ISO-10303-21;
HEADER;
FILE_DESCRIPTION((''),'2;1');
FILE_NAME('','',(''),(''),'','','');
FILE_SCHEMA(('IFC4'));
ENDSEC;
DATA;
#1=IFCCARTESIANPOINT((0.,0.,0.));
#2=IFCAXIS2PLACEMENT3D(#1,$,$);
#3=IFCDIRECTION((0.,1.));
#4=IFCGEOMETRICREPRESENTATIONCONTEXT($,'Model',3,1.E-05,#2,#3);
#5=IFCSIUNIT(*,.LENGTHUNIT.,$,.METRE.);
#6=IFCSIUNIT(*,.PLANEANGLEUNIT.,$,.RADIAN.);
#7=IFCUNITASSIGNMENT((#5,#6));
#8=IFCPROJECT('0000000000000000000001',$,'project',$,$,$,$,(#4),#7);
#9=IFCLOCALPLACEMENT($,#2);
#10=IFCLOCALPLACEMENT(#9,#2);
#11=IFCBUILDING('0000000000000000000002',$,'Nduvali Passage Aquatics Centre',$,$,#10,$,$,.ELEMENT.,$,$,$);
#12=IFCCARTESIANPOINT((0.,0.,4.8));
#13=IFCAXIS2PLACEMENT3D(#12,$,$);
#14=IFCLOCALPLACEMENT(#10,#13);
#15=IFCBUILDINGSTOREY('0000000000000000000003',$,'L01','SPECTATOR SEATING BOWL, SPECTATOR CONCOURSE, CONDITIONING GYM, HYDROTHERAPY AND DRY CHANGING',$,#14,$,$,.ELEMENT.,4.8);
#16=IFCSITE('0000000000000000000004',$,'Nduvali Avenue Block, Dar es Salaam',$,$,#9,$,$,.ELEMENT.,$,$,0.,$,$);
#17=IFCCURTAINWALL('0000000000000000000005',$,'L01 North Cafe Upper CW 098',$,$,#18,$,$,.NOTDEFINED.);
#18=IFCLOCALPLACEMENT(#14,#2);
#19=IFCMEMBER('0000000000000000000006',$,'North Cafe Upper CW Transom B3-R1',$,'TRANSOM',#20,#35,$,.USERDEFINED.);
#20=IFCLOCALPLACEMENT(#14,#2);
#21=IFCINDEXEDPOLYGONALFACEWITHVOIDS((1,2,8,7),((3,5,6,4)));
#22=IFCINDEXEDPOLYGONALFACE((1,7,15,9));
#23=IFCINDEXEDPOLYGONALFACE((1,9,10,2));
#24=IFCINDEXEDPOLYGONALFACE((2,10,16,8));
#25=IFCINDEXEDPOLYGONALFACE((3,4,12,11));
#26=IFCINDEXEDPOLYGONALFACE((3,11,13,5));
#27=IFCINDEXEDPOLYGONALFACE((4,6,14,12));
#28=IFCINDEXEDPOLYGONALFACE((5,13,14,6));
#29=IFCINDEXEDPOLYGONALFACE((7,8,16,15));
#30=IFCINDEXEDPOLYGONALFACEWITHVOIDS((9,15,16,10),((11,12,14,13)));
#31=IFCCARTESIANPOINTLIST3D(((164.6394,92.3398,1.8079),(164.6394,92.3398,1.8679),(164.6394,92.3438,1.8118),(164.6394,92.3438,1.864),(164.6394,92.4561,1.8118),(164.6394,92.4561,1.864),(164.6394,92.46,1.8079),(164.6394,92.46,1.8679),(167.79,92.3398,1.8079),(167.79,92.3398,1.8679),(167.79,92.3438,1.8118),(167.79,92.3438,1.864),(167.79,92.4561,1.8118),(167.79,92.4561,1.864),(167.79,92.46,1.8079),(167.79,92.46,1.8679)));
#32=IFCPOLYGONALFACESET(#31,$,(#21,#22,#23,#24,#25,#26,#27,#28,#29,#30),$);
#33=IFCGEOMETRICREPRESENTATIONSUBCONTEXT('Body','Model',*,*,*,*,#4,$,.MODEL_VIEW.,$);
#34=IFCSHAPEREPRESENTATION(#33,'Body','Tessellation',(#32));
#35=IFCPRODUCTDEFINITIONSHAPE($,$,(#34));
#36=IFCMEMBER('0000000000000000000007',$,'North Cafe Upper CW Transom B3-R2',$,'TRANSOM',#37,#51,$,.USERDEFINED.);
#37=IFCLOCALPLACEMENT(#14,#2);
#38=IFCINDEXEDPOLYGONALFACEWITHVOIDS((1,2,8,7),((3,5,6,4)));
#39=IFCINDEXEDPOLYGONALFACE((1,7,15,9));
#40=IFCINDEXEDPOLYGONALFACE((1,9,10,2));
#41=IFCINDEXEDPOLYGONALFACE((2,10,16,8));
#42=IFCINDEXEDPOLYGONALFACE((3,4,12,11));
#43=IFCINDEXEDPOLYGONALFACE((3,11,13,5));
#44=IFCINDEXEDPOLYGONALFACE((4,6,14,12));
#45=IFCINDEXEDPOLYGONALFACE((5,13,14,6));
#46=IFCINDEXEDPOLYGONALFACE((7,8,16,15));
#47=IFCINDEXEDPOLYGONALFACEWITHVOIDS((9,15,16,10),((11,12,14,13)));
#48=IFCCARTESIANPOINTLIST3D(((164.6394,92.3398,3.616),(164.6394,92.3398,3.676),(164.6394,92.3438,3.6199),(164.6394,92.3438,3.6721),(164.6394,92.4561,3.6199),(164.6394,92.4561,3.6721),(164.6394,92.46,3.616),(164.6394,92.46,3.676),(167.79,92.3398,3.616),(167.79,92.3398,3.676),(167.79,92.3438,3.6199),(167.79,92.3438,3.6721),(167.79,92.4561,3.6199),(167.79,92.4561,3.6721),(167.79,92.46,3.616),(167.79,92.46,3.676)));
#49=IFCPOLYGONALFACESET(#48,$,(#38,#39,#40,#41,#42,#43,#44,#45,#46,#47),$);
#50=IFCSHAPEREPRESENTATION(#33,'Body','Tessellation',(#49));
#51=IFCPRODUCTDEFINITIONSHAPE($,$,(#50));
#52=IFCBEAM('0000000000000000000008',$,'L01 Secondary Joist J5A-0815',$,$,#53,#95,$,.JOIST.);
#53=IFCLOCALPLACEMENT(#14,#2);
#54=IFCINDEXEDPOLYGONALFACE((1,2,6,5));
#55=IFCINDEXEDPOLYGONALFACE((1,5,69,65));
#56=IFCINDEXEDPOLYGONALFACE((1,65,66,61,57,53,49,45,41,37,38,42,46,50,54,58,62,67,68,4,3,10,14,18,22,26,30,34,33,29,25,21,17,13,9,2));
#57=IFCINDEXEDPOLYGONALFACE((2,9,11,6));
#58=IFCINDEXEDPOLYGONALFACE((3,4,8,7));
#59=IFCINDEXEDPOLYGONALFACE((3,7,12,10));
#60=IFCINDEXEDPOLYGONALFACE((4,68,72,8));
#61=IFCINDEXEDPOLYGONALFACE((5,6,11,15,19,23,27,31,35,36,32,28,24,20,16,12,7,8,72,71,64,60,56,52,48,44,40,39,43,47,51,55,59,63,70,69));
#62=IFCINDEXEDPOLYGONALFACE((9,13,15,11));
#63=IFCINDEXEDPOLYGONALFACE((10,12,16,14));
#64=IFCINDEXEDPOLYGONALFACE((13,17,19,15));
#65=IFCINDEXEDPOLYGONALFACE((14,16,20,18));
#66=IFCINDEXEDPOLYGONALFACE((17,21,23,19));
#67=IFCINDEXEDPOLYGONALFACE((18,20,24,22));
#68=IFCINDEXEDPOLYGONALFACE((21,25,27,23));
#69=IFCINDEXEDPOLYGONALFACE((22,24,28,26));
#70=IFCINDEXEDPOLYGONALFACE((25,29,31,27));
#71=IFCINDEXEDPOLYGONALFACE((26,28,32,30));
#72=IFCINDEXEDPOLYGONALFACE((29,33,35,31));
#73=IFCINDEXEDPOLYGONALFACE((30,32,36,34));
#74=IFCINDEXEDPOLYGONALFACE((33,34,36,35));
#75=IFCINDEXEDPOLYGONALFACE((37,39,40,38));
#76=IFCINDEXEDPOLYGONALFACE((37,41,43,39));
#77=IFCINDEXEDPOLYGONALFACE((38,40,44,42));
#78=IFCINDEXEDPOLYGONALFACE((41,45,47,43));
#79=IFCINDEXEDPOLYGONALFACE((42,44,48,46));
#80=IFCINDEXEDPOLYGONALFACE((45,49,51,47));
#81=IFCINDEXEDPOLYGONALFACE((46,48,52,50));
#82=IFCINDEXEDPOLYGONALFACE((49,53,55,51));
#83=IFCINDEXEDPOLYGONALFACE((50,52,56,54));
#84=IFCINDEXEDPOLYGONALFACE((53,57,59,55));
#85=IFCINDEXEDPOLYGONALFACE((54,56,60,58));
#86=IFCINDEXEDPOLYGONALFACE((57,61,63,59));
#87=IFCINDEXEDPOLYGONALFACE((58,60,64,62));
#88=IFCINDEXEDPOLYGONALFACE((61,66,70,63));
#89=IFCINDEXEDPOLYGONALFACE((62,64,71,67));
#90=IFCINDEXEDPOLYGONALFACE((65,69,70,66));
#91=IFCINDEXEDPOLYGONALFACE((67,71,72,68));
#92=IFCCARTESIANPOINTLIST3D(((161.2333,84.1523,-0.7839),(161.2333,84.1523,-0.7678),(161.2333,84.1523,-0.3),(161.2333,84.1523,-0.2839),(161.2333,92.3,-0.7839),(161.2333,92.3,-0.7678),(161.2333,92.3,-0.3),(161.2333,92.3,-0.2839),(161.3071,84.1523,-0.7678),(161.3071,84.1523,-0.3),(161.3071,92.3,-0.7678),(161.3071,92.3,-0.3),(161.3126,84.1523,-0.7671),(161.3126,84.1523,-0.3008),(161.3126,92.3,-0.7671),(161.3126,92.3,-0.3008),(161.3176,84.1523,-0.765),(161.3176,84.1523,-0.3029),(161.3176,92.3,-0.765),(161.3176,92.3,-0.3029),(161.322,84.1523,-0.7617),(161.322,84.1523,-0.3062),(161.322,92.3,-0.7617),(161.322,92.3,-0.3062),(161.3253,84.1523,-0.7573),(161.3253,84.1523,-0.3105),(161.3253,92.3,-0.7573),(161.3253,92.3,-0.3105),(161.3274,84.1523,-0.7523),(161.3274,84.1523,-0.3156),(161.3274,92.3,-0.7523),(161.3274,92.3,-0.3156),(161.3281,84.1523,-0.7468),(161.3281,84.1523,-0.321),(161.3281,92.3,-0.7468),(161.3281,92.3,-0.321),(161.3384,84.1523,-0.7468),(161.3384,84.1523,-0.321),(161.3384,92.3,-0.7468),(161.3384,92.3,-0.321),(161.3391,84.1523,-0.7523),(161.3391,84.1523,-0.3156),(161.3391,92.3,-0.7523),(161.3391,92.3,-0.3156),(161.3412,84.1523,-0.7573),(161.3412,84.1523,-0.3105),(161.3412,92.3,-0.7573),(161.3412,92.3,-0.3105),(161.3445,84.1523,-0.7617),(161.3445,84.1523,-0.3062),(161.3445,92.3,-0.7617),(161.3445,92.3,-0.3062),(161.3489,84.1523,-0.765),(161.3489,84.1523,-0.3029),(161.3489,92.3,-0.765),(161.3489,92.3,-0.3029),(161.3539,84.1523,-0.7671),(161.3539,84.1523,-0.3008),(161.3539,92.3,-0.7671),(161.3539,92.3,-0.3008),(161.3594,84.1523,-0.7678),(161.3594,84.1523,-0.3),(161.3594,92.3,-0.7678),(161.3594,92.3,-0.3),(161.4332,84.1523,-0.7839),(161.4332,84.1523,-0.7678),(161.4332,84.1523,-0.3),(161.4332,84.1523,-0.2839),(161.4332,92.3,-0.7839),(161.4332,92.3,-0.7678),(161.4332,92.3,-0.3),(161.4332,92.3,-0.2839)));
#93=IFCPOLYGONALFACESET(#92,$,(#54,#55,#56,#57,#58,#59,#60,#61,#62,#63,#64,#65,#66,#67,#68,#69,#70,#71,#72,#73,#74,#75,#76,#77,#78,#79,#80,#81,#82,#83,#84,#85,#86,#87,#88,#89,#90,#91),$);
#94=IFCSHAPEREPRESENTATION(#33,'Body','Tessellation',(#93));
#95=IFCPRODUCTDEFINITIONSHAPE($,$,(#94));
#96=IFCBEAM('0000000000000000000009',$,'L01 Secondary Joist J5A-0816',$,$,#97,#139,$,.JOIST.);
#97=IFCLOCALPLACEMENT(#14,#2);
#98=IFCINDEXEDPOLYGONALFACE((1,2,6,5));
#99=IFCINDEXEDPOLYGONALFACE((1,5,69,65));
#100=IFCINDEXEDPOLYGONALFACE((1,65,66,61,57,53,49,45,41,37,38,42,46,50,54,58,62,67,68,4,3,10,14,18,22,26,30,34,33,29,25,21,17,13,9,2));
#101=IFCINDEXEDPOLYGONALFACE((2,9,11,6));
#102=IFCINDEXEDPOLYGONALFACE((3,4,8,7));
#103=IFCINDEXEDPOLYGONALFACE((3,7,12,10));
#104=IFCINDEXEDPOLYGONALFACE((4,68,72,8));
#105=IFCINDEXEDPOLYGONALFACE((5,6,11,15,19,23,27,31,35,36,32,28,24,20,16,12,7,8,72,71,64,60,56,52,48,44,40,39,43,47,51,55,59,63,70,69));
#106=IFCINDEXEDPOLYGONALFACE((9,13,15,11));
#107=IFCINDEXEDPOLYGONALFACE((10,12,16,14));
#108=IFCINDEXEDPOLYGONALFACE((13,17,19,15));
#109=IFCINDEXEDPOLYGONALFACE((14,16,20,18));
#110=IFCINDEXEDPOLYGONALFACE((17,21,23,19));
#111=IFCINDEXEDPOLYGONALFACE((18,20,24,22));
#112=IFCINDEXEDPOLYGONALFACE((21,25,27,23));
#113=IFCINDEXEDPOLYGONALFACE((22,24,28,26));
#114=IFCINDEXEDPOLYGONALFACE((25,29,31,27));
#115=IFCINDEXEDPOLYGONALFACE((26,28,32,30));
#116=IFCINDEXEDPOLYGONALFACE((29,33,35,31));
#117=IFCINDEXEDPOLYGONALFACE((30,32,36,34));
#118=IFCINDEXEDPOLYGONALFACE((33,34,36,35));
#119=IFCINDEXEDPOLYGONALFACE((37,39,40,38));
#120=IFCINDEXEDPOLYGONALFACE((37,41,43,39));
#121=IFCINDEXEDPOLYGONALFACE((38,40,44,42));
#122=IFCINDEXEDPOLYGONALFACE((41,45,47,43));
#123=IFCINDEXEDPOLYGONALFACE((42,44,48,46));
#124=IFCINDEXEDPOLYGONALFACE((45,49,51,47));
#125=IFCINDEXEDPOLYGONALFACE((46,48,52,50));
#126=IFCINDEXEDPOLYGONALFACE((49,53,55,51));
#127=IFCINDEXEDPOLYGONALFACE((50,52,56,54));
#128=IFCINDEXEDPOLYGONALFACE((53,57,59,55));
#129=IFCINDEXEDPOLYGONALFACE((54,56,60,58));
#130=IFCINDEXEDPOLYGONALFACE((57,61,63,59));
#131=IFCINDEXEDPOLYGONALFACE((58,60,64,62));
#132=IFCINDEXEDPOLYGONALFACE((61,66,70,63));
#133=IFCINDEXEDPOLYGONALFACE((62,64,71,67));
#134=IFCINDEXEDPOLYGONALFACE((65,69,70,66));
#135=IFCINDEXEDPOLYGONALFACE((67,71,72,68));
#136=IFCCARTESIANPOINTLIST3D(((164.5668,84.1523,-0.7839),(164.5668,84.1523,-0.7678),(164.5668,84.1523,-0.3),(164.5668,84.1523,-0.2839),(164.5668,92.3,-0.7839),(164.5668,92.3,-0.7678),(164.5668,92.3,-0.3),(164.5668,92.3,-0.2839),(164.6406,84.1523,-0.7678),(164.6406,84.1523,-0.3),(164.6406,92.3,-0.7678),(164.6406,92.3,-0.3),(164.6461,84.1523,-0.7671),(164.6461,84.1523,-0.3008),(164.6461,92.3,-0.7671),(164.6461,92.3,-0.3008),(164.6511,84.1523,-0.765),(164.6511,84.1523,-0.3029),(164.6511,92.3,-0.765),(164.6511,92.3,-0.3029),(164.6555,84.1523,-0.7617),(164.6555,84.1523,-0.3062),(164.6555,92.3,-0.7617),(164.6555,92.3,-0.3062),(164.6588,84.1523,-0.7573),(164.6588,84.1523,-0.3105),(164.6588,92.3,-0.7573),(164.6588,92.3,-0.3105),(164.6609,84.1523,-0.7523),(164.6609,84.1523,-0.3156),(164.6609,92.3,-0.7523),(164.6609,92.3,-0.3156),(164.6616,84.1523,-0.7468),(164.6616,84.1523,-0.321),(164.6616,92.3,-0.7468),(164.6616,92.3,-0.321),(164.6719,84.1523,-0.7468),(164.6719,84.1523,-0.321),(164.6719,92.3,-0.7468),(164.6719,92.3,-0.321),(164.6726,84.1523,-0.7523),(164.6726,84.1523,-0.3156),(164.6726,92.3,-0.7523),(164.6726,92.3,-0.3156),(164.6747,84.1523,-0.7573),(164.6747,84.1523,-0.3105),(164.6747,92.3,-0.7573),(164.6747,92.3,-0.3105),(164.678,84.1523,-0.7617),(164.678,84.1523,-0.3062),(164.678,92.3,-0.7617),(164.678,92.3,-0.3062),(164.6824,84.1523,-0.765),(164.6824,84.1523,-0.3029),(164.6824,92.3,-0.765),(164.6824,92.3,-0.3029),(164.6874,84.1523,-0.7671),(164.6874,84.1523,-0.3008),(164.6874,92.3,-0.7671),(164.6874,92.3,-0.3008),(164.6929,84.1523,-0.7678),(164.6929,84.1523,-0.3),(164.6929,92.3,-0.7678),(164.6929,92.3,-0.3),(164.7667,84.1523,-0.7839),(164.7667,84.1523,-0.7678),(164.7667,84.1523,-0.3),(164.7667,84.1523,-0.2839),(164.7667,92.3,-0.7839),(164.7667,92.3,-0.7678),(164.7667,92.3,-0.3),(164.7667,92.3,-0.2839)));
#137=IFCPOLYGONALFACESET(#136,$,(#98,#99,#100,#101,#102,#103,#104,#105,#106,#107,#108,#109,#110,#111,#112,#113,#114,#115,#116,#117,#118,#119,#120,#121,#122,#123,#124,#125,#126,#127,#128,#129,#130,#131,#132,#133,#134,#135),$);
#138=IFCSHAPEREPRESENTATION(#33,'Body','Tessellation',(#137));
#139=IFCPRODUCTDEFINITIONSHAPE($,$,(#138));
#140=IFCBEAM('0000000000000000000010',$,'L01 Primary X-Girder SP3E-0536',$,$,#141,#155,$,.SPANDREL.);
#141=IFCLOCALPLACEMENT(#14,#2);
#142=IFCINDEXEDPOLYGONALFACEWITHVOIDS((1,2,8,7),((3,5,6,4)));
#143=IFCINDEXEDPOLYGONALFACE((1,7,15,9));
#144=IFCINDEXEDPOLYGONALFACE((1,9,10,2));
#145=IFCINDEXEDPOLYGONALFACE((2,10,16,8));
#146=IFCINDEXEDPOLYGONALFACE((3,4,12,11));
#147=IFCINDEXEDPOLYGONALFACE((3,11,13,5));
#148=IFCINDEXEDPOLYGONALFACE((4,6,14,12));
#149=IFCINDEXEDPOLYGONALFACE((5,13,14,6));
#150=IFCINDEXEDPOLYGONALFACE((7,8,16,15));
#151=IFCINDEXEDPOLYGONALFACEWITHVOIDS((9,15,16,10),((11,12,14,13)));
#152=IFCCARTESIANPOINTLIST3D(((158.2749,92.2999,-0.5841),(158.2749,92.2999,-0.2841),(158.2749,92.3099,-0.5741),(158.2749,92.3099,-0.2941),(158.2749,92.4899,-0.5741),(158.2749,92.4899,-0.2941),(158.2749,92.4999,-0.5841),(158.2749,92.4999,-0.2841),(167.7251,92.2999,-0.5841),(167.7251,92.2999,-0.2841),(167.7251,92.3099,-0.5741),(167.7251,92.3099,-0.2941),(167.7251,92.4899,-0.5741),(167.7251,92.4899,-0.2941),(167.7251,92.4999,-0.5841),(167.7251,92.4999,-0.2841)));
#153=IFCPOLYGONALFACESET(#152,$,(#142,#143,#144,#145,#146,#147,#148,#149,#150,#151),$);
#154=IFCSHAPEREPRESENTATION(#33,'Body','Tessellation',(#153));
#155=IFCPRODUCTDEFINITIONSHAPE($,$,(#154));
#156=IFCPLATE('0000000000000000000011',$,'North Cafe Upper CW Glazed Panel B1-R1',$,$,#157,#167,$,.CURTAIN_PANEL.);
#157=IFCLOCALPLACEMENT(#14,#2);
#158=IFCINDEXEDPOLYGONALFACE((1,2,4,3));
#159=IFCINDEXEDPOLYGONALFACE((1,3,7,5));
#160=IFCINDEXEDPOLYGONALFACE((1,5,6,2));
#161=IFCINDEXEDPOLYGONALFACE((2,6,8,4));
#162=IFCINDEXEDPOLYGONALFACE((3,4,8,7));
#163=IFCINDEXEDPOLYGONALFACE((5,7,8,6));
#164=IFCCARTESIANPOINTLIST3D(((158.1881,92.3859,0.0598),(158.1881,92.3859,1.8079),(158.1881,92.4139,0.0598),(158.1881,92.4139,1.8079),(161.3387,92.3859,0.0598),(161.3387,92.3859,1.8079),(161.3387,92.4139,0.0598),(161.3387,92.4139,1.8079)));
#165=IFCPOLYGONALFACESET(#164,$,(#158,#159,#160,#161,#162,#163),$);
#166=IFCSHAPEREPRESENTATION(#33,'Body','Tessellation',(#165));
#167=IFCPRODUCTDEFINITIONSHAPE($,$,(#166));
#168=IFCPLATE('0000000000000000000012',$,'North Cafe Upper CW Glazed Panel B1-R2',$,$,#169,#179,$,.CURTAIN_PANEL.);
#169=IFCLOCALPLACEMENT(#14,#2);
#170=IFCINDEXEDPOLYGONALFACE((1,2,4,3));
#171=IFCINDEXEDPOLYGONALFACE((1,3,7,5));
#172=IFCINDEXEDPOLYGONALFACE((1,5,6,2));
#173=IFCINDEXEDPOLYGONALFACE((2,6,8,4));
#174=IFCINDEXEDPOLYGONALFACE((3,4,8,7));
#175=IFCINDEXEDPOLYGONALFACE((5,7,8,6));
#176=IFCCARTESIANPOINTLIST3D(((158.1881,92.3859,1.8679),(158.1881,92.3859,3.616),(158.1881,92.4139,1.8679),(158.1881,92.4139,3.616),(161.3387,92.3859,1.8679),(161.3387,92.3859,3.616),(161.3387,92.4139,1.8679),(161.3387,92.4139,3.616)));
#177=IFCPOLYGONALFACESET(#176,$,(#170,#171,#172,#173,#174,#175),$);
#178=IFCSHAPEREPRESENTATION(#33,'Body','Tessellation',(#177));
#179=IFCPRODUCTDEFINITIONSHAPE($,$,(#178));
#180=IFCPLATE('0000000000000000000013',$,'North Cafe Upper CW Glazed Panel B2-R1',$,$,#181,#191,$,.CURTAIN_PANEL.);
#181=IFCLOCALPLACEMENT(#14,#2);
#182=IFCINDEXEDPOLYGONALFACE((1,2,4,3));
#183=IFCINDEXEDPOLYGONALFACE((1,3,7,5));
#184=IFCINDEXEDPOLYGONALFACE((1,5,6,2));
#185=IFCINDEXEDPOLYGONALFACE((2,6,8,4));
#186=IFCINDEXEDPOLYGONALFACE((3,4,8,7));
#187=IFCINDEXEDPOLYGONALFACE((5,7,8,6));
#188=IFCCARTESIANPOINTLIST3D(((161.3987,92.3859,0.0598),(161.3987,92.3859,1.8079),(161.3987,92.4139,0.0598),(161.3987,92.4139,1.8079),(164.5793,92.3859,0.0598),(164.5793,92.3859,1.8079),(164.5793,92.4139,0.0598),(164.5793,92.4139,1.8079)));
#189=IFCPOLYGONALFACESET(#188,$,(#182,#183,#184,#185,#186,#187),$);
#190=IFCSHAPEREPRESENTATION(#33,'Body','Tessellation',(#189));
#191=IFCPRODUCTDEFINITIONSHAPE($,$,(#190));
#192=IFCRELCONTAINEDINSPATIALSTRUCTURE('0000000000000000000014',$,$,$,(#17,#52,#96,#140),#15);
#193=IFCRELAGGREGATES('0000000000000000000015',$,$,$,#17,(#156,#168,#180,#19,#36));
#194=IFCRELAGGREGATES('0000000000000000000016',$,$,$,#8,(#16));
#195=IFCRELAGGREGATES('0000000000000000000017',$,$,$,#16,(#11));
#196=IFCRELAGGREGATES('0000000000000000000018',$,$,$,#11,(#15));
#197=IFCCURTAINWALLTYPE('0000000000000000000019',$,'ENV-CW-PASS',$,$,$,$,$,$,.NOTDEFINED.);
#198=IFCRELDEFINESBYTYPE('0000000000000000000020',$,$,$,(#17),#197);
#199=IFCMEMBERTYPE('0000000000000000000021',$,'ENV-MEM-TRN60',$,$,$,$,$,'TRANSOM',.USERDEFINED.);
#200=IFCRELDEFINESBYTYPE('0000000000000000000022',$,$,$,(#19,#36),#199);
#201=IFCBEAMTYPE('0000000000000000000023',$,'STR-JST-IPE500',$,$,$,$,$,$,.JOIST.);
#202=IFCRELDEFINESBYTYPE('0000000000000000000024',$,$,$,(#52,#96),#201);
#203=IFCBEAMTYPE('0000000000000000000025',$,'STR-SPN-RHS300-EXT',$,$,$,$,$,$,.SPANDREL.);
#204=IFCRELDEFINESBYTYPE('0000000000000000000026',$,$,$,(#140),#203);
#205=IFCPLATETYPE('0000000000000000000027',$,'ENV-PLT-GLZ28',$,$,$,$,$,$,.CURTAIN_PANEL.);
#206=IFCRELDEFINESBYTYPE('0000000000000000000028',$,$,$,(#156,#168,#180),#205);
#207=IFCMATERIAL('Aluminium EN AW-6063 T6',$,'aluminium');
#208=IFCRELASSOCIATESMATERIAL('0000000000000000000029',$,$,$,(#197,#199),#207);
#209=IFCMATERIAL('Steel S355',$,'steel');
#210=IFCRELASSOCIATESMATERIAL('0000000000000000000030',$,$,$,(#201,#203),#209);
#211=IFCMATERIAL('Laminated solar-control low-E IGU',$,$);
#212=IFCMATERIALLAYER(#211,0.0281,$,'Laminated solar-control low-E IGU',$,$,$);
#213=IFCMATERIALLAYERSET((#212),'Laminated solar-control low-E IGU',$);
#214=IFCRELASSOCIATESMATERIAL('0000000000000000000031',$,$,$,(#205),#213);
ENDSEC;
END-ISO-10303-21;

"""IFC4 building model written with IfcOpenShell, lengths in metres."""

from ifc_helpers import new_model, si_unit, direction, frame, origin, origin_2d, place, context, subcontext, project, spatial, rectangle, hollow_rectangle, i_section, extrude, material, layer, layer_set, material_profile, profile_set, type_object, element, aggregate, save


model = new_model("IFC4")

# Units and contexts
model_context = context("Model", 3, precision=1e-05, world=origin(), true_north=direction((0.0, 1.0)))
body_context = subcontext(model_context, "Body", "Model", "MODEL_VIEW")
ifc_project = project(units=[si_unit("LENGTHUNIT", "METRE"), si_unit("PLANEANGLEUNIT", "RADIAN")], contexts=[model_context])

# Site, building, storey
site_placement = place(None, origin())
site = spatial("IfcSite", under=ifc_project, at=site_placement, Name="Nduvali Avenue Block, Dar es Salaam", CompositionType="ELEMENT", RefElevation=0.0)
building_placement = place(site_placement, origin())
building = spatial("IfcBuilding", under=site, at=building_placement, Name="Nduvali Passage Aquatics Centre", CompositionType="ELEMENT")
storey_placement = place(building_placement, frame((0.0, 0.0, 4.8)))
storey = spatial("IfcBuildingStorey", under=building, at=storey_placement, Name="L01", Description="SPECTATOR SEATING BOWL, SPECTATOR CONCOURSE, CONDITIONING GYM, HYDROTHERAPY AND DRY CHANGING", CompositionType="ELEMENT", Elevation=4.8)

# Shared definitions
ifc_material_1 = material(Name="Steel S355", Category="steel")

# Shared definitions
ifc_material_2 = material(Name="Aluminium EN AW-6063 T6", Category="aluminium")

# Curtain wall, members
curtain_wall_type_1 = type_object("IfcCurtainWallType", Name="ENV-CW-PASS", PredefinedType="NOTDEFINED", material=ifc_material_2)
curtain_wall_1_placement = place(storey_placement, origin())
curtain_wall_1 = element("IfcCurtainWall", 1, at=curtain_wall_1_placement, inside=storey, type_object=curtain_wall_type_1, Name="L01 North Cafe Upper CW 098", PredefinedType="NOTDEFINED")
ifc_material_profile_1 = material_profile(ifc_material_2, hollow_rectangle(XDim=0.1201, YDim=0.0601, WallThickness=0.0039, at=origin_2d()), Name="ALU TRANSOM 120x60x4")
ifc_profile_set_1 = profile_set([ifc_material_profile_1], Name="Aluminium EN AW-6063 T6")
member_type_1 = type_object("IfcMemberType", Name="ENV-MEM-TRN60", ElementType="TRANSOM", PredefinedType="USERDEFINED", material=ifc_profile_set_1)
member_1_placement = place(storey_placement, frame((164.6394, 92.3999, 1.8379), z_axis=(1.0, 0.0, 0.0), x_axis=(0.0, 1.0, 0.0)))
member_1 = element("IfcMember", 2, at=member_1_placement, type_object=member_type_1, Name="North Cafe Upper CW Transom B3-R1", ObjectType="TRANSOM", PredefinedType="USERDEFINED", context=body_context, shape_type="SweptSolid", body=[
    extrude(hollow_rectangle(XDim=0.1201, YDim=0.0601, WallThickness=0.0039, at=origin_2d()), origin(), (0.0, 0.0, 1.0), 3.1506),
])
member_2_placement = place(storey_placement, frame((164.6394, 92.3999, 3.646), z_axis=(1.0, 0.0, 0.0), x_axis=(0.0, 1.0, 0.0)))
member_2 = element("IfcMember", 3, at=member_2_placement, type_object=member_type_1, Name="North Cafe Upper CW Transom B3-R2", ObjectType="TRANSOM", PredefinedType="USERDEFINED", context=body_context, shape_type="SweptSolid", body=[
    extrude(hollow_rectangle(XDim=0.1201, YDim=0.0601, WallThickness=0.0039, at=origin_2d()), origin(), (0.0, 0.0, 1.0), 3.1506),
])

# Beams
ifc_material_profile_2 = material_profile(ifc_material_1, i_section(OverallWidth=0.2, OverallDepth=0.5, WebThickness=0.0103, FlangeThickness=0.0161, FilletRadius=0.021, at=origin_2d()), Name="IPE 500")
ifc_profile_set_2 = profile_set([ifc_material_profile_2], Name="Steel S355")
beam_type_1 = type_object("IfcBeamType", Name="STR-JST-IPE500", PredefinedType="JOIST", material=ifc_profile_set_2)
for number, where, z_axis, x_axis, name in (
    (4, (161.3333, 84.1523, -0.5339), (0.0, 1.0, 0.0), (-1.0, 0.0, 0.0), "L01 Secondary Joist J5A-0815"),
    (5, (164.6667, 84.1523, -0.5339), (0.0, 1.0, 0.0), (-1.0, 0.0, 0.0), "L01 Secondary Joist J5A-0816"),
):
    element("IfcBeam", number, at=place(storey_placement, frame(where, z_axis=z_axis, x_axis=x_axis)), inside=storey, type_object=beam_type_1, Name=name, PredefinedType="JOIST", context=body_context, shape_type="SweptSolid", body=[
        extrude(i_section(OverallWidth=0.2, OverallDepth=0.5, WebThickness=0.0103, FlangeThickness=0.0161, FilletRadius=0.021, at=origin_2d()), origin(), (0.0, 0.0, 1.0), 8.1477),
    ])
ifc_material_profile_3 = material_profile(ifc_material_1, hollow_rectangle(XDim=0.2, YDim=0.3, WallThickness=0.01, at=origin_2d()), Name="RHS 300x200x10.0")
ifc_profile_set_3 = profile_set([ifc_material_profile_3], Name="Steel S355")
beam_type_2 = type_object("IfcBeamType", Name="STR-SPN-RHS300-EXT", PredefinedType="SPANDREL", material=ifc_profile_set_3)
beam_placement = place(storey_placement, frame((158.2749, 92.3999, -0.4341), z_axis=(1.0, 0.0, 0.0), x_axis=(0.0, 1.0, 0.0)))
element("IfcBeam", 6, at=beam_placement, inside=storey, type_object=beam_type_2, Name="L01 Primary X-Girder SP3E-0536", PredefinedType="SPANDREL", context=body_context, shape_type="SweptSolid", body=[
    extrude(hollow_rectangle(XDim=0.2, YDim=0.3, WallThickness=0.01, at=origin_2d()), origin(), (0.0, 0.0, 1.0), 9.4502),
])

# Plates
ifc_material_3 = material(Name="Laminated solar-control low-E IGU")
ifc_layer = layer(ifc_material_3, 0.0281, Name="Laminated solar-control low-E IGU")
ifc_layer_set = layer_set([ifc_layer], Name="Laminated solar-control low-E IGU")
plate_type = type_object("IfcPlateType", Name="ENV-PLT-GLZ28", PredefinedType="CURTAIN_PANEL", material=ifc_layer_set)
plate_1_placement = place(storey_placement, frame((159.7634, 92.3999, 0.0598), z_axis=(0.0, 0.0, 1.0), x_axis=(1.0, 0.0, 0.0)))
plate_1 = element("IfcPlate", 7, at=plate_1_placement, type_object=plate_type, Name="North Cafe Upper CW Glazed Panel B1-R1", PredefinedType="CURTAIN_PANEL", context=body_context, shape_type="SweptSolid", body=[
    extrude(rectangle(XDim=3.1506, YDim=0.0281, at=origin_2d()), origin(), (0.0, 0.0, 1.0), 1.748),
])
plate_2_placement = place(storey_placement, frame((159.7634, 92.3999, 1.8679), z_axis=(0.0, 0.0, 1.0), x_axis=(1.0, 0.0, 0.0)))
plate_2 = element("IfcPlate", 8, at=plate_2_placement, type_object=plate_type, Name="North Cafe Upper CW Glazed Panel B1-R2", PredefinedType="CURTAIN_PANEL", context=body_context, shape_type="SweptSolid", body=[
    extrude(rectangle(XDim=3.1506, YDim=0.0281, at=origin_2d()), origin(), (0.0, 0.0, 1.0), 1.748),
])
plate_3_placement = place(storey_placement, frame((162.989, 92.3999, 0.0598), z_axis=(0.0, 0.0, 1.0), x_axis=(1.0, 0.0, 0.0)))
plate_3 = element("IfcPlate", 9, at=plate_3_placement, type_object=plate_type, Name="North Cafe Upper CW Glazed Panel B2-R1", PredefinedType="CURTAIN_PANEL", context=body_context, shape_type="SweptSolid", body=[
    extrude(rectangle(XDim=3.1807, YDim=0.0281, at=origin_2d()), origin(), (0.0, 0.0, 1.0), 1.748),
])
aggregate(curtain_wall_1, [plate_1, plate_2, plate_3, member_1, member_2])

save(model, "model.ifc")
